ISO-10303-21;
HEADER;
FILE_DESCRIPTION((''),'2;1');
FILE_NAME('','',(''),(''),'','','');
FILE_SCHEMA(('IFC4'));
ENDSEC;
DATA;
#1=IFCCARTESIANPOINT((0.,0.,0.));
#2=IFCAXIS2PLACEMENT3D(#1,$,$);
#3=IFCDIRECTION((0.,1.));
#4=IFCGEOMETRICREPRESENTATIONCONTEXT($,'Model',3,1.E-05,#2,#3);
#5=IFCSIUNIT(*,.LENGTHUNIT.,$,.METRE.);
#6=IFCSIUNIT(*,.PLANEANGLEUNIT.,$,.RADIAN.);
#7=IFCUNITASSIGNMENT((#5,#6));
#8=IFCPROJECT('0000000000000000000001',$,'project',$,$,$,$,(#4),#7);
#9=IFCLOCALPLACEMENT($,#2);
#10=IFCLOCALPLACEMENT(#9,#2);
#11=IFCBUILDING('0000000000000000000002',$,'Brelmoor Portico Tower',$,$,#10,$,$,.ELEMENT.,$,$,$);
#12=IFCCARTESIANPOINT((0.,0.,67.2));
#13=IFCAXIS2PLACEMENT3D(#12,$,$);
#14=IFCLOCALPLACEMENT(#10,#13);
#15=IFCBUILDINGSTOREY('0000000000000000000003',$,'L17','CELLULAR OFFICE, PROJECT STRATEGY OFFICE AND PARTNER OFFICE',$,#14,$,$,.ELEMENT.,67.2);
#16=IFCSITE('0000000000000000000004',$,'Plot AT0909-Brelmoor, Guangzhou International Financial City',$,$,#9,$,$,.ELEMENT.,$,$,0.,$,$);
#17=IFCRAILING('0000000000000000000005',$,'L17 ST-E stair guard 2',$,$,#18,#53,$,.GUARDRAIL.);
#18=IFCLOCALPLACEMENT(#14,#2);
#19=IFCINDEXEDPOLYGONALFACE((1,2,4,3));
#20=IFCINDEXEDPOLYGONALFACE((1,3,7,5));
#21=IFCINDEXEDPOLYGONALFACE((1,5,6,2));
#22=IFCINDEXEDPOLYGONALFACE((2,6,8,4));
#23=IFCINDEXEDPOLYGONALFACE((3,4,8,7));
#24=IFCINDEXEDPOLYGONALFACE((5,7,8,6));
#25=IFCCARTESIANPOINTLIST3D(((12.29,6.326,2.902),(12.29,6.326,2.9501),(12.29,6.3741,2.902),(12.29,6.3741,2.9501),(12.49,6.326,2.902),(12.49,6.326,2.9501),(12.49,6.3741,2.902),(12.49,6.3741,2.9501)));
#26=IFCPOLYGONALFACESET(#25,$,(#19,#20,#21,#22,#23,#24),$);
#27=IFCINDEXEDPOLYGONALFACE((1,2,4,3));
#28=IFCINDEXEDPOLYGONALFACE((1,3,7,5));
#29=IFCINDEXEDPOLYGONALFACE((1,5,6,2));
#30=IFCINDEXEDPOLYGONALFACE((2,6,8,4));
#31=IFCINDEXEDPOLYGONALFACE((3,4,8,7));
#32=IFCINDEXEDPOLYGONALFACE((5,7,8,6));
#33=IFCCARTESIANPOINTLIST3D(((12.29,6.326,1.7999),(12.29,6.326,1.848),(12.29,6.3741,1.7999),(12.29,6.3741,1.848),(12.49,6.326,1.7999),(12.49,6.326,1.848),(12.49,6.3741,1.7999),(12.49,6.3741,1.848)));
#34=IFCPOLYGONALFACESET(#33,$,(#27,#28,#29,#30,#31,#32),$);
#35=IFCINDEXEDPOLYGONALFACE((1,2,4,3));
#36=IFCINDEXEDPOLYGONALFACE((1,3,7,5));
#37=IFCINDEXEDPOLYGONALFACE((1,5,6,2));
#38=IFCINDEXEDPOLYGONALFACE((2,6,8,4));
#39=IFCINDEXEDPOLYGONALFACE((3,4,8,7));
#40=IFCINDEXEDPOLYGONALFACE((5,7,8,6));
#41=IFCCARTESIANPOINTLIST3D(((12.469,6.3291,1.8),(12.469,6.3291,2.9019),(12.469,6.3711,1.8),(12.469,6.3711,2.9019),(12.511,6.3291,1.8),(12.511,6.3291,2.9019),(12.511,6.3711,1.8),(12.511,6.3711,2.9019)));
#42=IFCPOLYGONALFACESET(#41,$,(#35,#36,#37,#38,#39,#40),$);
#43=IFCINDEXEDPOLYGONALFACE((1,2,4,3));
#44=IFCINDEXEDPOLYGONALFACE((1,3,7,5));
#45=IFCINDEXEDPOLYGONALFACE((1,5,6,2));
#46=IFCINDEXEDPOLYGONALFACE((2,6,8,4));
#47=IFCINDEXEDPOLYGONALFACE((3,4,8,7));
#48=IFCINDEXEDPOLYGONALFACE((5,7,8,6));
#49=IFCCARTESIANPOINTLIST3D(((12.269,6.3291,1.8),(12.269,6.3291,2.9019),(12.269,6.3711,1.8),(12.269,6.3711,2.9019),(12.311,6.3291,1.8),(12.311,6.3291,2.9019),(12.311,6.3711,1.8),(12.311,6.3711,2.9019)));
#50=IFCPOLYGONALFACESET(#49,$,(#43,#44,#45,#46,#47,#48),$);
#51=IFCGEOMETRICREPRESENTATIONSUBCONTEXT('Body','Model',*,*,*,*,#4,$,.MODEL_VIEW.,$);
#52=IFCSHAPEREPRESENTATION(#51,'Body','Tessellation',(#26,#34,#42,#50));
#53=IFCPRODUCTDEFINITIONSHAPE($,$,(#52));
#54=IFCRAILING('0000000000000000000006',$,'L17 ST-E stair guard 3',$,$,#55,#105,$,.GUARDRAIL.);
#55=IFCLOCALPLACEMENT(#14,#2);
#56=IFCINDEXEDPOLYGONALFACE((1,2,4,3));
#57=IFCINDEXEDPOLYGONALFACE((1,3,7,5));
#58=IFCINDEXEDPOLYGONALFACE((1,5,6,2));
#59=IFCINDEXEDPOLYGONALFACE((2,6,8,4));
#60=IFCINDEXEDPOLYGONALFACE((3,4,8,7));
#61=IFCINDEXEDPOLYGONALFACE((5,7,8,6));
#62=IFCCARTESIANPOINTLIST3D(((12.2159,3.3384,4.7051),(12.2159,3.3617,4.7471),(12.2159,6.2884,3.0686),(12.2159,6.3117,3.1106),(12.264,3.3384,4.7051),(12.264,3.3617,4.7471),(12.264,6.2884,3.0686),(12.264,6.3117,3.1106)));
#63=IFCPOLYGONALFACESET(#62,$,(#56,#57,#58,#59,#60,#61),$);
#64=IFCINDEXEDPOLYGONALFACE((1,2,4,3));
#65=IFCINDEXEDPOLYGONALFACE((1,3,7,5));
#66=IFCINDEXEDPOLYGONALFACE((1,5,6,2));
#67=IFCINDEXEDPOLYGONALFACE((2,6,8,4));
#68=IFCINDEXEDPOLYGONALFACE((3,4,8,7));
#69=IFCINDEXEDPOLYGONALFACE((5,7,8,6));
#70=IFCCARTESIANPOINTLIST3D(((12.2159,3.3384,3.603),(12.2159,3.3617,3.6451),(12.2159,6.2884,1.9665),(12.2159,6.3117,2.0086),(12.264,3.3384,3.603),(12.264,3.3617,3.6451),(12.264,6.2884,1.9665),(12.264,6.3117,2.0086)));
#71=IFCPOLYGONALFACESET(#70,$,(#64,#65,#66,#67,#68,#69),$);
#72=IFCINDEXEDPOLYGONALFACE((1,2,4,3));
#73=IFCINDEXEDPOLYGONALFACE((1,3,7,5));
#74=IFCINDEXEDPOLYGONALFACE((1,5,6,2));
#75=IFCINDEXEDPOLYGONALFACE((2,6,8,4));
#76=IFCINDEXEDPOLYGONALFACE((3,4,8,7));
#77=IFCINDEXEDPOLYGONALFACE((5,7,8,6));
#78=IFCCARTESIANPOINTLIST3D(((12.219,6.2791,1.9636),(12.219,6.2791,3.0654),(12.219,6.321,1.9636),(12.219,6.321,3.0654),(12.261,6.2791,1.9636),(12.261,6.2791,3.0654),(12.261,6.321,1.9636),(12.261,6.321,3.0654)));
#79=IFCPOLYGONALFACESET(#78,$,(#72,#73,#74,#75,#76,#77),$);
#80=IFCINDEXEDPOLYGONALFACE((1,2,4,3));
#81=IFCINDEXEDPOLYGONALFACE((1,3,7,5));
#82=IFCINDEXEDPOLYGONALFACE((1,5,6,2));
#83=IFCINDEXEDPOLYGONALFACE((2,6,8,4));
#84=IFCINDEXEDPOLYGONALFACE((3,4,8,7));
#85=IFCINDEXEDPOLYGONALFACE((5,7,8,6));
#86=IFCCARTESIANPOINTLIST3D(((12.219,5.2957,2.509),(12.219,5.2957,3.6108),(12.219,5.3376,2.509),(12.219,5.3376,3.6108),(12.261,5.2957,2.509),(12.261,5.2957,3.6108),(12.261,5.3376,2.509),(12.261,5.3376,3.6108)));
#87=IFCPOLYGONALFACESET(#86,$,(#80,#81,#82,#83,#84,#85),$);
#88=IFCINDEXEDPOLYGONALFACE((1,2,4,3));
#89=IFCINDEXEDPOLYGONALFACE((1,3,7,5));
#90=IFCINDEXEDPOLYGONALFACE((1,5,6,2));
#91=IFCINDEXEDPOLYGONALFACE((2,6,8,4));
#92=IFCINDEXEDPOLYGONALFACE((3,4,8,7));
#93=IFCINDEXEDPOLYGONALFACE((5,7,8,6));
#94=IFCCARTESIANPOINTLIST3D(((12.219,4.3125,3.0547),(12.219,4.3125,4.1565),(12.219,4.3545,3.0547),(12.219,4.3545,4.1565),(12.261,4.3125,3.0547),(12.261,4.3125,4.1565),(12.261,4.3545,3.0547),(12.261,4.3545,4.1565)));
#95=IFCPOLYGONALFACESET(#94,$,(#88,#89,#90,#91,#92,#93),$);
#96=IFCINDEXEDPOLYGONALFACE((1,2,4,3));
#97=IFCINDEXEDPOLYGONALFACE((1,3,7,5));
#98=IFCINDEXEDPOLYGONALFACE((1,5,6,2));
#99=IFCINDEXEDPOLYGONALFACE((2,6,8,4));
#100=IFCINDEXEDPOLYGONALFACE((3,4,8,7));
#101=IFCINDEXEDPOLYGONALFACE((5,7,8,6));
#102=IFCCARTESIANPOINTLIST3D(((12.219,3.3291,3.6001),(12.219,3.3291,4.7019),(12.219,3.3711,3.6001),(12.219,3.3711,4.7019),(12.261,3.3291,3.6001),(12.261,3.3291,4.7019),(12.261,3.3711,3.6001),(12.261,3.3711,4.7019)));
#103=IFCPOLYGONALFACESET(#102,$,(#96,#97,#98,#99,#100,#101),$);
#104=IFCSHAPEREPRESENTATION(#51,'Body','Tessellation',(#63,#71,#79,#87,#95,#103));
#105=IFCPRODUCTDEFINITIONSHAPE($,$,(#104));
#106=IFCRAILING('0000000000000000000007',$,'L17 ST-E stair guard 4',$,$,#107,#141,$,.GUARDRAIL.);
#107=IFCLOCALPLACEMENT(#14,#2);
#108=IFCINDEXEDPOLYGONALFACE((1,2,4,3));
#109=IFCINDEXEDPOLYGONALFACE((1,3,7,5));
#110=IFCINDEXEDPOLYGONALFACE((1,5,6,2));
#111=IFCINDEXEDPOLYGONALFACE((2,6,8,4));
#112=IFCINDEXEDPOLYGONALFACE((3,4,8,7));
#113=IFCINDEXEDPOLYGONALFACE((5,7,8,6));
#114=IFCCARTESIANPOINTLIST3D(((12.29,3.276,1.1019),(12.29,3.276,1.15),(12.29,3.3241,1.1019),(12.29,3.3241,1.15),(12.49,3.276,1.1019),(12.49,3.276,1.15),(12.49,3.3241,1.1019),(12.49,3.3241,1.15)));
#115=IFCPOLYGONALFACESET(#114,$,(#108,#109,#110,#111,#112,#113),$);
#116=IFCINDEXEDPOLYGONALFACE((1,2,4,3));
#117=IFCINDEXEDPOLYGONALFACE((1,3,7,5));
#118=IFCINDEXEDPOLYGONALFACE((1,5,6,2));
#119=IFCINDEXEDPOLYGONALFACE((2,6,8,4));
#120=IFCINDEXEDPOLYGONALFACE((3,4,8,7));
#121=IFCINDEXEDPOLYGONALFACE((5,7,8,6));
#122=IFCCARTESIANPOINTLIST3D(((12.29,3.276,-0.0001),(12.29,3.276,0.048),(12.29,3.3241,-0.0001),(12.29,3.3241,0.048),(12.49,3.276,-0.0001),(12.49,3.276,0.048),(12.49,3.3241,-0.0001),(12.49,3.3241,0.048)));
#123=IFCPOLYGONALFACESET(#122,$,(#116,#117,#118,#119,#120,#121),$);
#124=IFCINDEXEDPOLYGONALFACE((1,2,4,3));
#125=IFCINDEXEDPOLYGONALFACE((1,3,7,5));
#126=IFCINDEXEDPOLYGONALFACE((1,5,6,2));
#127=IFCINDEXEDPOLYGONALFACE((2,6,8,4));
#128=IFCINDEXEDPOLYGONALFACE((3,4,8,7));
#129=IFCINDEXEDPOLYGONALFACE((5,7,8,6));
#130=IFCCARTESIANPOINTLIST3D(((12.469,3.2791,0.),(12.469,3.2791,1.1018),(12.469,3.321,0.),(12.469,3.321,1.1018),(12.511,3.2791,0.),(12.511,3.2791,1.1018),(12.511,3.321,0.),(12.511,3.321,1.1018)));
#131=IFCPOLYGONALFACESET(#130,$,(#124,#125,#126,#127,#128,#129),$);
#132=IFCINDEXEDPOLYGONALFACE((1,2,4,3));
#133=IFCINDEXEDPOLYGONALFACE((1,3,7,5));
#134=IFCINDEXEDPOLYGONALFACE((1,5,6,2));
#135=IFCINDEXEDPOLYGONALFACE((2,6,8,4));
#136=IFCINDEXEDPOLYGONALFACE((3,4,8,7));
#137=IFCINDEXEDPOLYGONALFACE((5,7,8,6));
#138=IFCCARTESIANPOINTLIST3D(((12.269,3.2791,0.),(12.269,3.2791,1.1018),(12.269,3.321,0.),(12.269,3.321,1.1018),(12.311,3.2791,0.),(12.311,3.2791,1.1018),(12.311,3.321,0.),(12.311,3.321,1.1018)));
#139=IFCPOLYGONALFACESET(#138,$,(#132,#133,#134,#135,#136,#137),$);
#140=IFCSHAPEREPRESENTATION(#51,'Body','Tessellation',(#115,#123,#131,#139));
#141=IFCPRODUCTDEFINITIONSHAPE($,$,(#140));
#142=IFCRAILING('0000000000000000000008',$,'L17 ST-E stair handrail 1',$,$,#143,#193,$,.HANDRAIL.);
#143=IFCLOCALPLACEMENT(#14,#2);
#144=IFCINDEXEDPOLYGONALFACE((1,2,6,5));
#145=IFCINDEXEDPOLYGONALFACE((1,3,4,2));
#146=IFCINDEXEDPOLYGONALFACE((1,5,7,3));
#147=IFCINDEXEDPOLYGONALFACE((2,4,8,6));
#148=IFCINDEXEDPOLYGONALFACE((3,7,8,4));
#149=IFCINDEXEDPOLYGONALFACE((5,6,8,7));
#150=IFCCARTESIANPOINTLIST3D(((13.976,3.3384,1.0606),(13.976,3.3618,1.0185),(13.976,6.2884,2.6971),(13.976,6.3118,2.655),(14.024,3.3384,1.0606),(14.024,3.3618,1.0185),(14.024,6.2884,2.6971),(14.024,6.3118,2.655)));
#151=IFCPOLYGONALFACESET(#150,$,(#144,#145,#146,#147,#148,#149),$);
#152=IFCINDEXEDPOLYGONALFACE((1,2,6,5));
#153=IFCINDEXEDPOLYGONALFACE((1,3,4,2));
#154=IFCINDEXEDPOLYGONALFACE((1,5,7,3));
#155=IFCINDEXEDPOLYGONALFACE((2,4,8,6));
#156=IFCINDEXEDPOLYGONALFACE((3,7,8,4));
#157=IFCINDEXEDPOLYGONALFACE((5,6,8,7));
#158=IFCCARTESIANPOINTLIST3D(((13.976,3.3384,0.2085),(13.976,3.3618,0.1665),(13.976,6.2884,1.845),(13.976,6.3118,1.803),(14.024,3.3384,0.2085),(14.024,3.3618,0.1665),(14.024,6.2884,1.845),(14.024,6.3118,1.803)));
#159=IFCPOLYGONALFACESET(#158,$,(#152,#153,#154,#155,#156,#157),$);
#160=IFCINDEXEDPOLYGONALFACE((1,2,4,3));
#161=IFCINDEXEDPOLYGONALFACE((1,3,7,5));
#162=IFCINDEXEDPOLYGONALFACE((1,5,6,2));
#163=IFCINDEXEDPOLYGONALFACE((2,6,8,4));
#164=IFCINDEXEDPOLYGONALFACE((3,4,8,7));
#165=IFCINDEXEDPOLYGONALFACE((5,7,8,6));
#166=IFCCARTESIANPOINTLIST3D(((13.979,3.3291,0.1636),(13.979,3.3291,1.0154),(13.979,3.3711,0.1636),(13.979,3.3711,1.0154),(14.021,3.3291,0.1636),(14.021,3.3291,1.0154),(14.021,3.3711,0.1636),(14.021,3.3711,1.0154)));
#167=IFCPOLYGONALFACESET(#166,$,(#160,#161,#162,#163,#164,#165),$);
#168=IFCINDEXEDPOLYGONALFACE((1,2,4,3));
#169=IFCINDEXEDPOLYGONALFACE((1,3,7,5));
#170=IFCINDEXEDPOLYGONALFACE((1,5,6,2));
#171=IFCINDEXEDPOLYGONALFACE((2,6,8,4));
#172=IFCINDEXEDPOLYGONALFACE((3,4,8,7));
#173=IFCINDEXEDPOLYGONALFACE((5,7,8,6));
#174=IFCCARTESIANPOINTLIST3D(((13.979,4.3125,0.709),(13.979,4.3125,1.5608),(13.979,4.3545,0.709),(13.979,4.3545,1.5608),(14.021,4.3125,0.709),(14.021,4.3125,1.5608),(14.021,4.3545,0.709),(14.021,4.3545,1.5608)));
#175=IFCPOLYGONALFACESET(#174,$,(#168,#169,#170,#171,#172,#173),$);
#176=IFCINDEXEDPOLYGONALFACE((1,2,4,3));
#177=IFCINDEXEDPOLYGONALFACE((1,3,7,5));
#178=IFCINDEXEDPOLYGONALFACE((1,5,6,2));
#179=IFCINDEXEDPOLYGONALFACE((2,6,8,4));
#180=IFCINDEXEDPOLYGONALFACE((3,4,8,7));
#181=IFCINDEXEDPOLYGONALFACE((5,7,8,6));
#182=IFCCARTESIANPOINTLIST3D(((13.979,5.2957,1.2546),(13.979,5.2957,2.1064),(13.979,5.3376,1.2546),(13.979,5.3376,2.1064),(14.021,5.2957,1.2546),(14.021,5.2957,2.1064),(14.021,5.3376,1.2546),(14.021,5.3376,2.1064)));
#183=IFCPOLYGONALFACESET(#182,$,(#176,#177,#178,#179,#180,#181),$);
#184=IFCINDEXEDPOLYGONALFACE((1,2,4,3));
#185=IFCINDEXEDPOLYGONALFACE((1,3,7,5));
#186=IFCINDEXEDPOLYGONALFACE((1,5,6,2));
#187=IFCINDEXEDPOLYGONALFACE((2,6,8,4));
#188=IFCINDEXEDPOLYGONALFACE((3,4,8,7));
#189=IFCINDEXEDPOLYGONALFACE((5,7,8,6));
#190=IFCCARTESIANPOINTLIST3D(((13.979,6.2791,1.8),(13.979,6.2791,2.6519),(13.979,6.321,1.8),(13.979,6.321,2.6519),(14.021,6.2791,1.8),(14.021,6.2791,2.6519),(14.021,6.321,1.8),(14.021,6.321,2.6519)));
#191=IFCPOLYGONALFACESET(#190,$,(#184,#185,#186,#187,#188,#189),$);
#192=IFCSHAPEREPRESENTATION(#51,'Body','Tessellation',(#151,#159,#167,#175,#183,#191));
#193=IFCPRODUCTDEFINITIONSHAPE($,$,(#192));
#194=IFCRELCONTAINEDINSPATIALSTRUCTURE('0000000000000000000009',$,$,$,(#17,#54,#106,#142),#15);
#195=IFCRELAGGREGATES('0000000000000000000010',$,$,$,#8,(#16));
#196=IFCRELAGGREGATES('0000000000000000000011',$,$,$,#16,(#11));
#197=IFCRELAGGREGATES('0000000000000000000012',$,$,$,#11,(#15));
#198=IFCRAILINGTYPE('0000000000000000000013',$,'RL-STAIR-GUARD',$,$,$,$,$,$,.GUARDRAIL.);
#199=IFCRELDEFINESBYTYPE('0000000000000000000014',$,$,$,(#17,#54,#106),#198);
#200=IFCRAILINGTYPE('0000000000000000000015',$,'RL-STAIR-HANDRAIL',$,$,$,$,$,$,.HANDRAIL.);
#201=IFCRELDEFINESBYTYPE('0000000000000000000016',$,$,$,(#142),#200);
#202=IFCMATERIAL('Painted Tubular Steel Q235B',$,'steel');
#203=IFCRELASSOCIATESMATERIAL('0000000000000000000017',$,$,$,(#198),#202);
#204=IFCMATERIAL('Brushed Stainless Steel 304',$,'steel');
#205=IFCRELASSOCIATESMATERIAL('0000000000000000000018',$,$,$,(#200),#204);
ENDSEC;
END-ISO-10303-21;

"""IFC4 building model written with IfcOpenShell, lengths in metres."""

from ifc_helpers import new_model, si_unit, direction, frame, origin, origin_2d, place, context, subcontext, project, spatial, rectangle, extrude, material, type_object, element, save


model = new_model("IFC4")

# Units and contexts
model_context = context("Model", 3, precision=1e-05, world=origin(), true_north=direction((0.0, 1.0)))
body_context = subcontext(model_context, "Body", "Model", "MODEL_VIEW")
ifc_project = project(units=[si_unit("LENGTHUNIT", "METRE"), si_unit("PLANEANGLEUNIT", "RADIAN")], contexts=[model_context])

# Site, building, storey
site_placement = place(None, origin())
site = spatial("IfcSite", under=ifc_project, at=site_placement, Name="Plot AT0909-Brelmoor, Guangzhou International Financial City", CompositionType="ELEMENT", RefElevation=0.0)
building_placement = place(site_placement, origin())
building = spatial("IfcBuilding", under=site, at=building_placement, Name="Brelmoor Portico Tower", CompositionType="ELEMENT")
storey_placement = place(building_placement, frame((0.0, 0.0, 67.2)))
storey = spatial("IfcBuildingStorey", under=building, at=storey_placement, Name="L17", Description="CELLULAR OFFICE, PROJECT STRATEGY OFFICE AND PARTNER OFFICE", CompositionType="ELEMENT", Elevation=67.2)

# Railings
ifc_material_1 = material(Name="Painted Tubular Steel Q235B", Category="steel")
railing_type_1 = type_object("IfcRailingType", Name="RL-STAIR-GUARD", PredefinedType="GUARDRAIL", material=ifc_material_1)
railing_1_placement = place(storey_placement, frame((12.49, 6.3501, 1.8)))
element("IfcRailing", 1, at=railing_1_placement, inside=storey, type_object=railing_type_1, Name="L17 ST-E stair guard 2", PredefinedType="GUARDRAIL", context=body_context, shape_type="SweptSolid", body=[
    extrude(rectangle(XDim=0.0481, YDim=0.0481, at=origin_2d()), frame((0.0, 0.0, 1.126), z_axis=(-1.0, 0.0, 0.0), x_axis=(0.0, -1.0, 0.0)), (0.0, 0.0, 1.0), 0.2),
    extrude(rectangle(XDim=0.0481, YDim=0.0481, at=origin_2d()), frame((0.0, 0.0, 0.0239), z_axis=(-1.0, 0.0, 0.0), x_axis=(0.0, -1.0, 0.0)), (0.0, 0.0, 1.0), 0.2),
    extrude(rectangle(XDim=0.042, YDim=0.042, at=origin_2d()), origin(), (0.0, 0.0, 1.0), 1.1018),
    extrude(rectangle(XDim=0.042, YDim=0.042, at=origin_2d()), frame((-0.2, 0.0, 0.0)), (0.0, 0.0, 1.0), 1.1018),
])
railing_2_placement = place(storey_placement, frame((12.24, 6.3, 1.9636)))
element("IfcRailing", 2, at=railing_2_placement, inside=storey, type_object=railing_type_1, Name="L17 ST-E stair guard 3", PredefinedType="GUARDRAIL", context=body_context, shape_type="SweptSolid", body=[
    extrude(rectangle(XDim=0.0481, YDim=0.0481, at=origin_2d()), frame((0.0, 0.0, 1.126), z_axis=(0.0, -0.874458, 0.485102), x_axis=(1.0, 0.0, 0.0)), (0.0, 0.0, 1.0), 3.3735),
    extrude(rectangle(XDim=0.0481, YDim=0.0481, at=origin_2d()), frame((0.0, 0.0, 0.0239), z_axis=(0.0, -0.874458, 0.485102), x_axis=(1.0, 0.0, 0.0)), (0.0, 0.0, 1.0), 3.3735),
    extrude(rectangle(XDim=0.042, YDim=0.042, at=origin_2d()), origin(), (0.0, 0.0, 1.0), 1.1018),
    extrude(rectangle(XDim=0.042, YDim=0.042, at=origin_2d()), frame((0.0, -0.9834, 0.5454)), (0.0, 0.0, 1.0), 1.1018),
    extrude(rectangle(XDim=0.042, YDim=0.042, at=origin_2d()), frame((0.0, -1.9666, 1.0911)), (0.0, 0.0, 1.0), 1.1018),
    extrude(rectangle(XDim=0.042, YDim=0.042, at=origin_2d()), frame((0.0, -2.95, 1.6365)), (0.0, 0.0, 1.0), 1.1018),
])
railing_3_placement = place(storey_placement, frame((12.49, 3.3, 0.0)))
element("IfcRailing", 3, at=railing_3_placement, inside=storey, type_object=railing_type_1, Name="L17 ST-E stair guard 4", PredefinedType="GUARDRAIL", context=body_context, shape_type="SweptSolid", body=[
    extrude(rectangle(XDim=0.0481, YDim=0.0481, at=origin_2d()), frame((0.0, 0.0, 1.126), z_axis=(-1.0, 0.0, 0.0), x_axis=(0.0, -1.0, 0.0)), (0.0, 0.0, 1.0), 0.2),
    extrude(rectangle(XDim=0.0481, YDim=0.0481, at=origin_2d()), frame((0.0, 0.0, 0.0239), z_axis=(-1.0, 0.0, 0.0), x_axis=(0.0, -1.0, 0.0)), (0.0, 0.0, 1.0), 0.2),
    extrude(rectangle(XDim=0.042, YDim=0.042, at=origin_2d()), origin(), (0.0, 0.0, 1.0), 1.1018),
    extrude(rectangle(XDim=0.042, YDim=0.042, at=origin_2d()), frame((-0.2, 0.0, 0.0)), (0.0, 0.0, 1.0), 1.1018),
])
ifc_material_2 = material(Name="Brushed Stainless Steel 304", Category="steel")
railing_type_2 = type_object("IfcRailingType", Name="RL-STAIR-HANDRAIL", PredefinedType="HANDRAIL", material=ifc_material_2)
railing_4_placement = place(storey_placement, frame((14.0, 3.3501, 0.1636)))
element("IfcRailing", 4, at=railing_4_placement, inside=storey, type_object=railing_type_2, Name="L17 ST-E stair handrail 1", PredefinedType="HANDRAIL", context=body_context, shape_type="SweptSolid", body=[
    extrude(rectangle(XDim=0.0481, YDim=0.0481, at=origin_2d()), frame((0.0, 0.0, 0.876), z_axis=(0.0, 0.874458, 0.485102), x_axis=(-1.0, 0.0, 0.0)), (0.0, 0.0, 1.0), 3.3735),
    extrude(rectangle(XDim=0.0481, YDim=0.0481, at=origin_2d()), frame((0.0, 0.0, 0.0239), z_axis=(0.0, 0.874458, 0.485102), x_axis=(-1.0, 0.0, 0.0)), (0.0, 0.0, 1.0), 3.3735),
    extrude(rectangle(XDim=0.042, YDim=0.042, at=origin_2d()), origin(), (0.0, 0.0, 1.0), 0.8518),
    extrude(rectangle(XDim=0.042, YDim=0.042, at=origin_2d()), frame((0.0, 0.9834, 0.5454)), (0.0, 0.0, 1.0), 0.8518),
    extrude(rectangle(XDim=0.042, YDim=0.042, at=origin_2d()), frame((0.0, 1.9666, 1.0911)), (0.0, 0.0, 1.0), 0.8518),
    extrude(rectangle(XDim=0.042, YDim=0.042, at=origin_2d()), frame((0.0, 2.95, 1.6365)), (0.0, 0.0, 1.0), 0.8518),
])

save(model, "model.ifc")
